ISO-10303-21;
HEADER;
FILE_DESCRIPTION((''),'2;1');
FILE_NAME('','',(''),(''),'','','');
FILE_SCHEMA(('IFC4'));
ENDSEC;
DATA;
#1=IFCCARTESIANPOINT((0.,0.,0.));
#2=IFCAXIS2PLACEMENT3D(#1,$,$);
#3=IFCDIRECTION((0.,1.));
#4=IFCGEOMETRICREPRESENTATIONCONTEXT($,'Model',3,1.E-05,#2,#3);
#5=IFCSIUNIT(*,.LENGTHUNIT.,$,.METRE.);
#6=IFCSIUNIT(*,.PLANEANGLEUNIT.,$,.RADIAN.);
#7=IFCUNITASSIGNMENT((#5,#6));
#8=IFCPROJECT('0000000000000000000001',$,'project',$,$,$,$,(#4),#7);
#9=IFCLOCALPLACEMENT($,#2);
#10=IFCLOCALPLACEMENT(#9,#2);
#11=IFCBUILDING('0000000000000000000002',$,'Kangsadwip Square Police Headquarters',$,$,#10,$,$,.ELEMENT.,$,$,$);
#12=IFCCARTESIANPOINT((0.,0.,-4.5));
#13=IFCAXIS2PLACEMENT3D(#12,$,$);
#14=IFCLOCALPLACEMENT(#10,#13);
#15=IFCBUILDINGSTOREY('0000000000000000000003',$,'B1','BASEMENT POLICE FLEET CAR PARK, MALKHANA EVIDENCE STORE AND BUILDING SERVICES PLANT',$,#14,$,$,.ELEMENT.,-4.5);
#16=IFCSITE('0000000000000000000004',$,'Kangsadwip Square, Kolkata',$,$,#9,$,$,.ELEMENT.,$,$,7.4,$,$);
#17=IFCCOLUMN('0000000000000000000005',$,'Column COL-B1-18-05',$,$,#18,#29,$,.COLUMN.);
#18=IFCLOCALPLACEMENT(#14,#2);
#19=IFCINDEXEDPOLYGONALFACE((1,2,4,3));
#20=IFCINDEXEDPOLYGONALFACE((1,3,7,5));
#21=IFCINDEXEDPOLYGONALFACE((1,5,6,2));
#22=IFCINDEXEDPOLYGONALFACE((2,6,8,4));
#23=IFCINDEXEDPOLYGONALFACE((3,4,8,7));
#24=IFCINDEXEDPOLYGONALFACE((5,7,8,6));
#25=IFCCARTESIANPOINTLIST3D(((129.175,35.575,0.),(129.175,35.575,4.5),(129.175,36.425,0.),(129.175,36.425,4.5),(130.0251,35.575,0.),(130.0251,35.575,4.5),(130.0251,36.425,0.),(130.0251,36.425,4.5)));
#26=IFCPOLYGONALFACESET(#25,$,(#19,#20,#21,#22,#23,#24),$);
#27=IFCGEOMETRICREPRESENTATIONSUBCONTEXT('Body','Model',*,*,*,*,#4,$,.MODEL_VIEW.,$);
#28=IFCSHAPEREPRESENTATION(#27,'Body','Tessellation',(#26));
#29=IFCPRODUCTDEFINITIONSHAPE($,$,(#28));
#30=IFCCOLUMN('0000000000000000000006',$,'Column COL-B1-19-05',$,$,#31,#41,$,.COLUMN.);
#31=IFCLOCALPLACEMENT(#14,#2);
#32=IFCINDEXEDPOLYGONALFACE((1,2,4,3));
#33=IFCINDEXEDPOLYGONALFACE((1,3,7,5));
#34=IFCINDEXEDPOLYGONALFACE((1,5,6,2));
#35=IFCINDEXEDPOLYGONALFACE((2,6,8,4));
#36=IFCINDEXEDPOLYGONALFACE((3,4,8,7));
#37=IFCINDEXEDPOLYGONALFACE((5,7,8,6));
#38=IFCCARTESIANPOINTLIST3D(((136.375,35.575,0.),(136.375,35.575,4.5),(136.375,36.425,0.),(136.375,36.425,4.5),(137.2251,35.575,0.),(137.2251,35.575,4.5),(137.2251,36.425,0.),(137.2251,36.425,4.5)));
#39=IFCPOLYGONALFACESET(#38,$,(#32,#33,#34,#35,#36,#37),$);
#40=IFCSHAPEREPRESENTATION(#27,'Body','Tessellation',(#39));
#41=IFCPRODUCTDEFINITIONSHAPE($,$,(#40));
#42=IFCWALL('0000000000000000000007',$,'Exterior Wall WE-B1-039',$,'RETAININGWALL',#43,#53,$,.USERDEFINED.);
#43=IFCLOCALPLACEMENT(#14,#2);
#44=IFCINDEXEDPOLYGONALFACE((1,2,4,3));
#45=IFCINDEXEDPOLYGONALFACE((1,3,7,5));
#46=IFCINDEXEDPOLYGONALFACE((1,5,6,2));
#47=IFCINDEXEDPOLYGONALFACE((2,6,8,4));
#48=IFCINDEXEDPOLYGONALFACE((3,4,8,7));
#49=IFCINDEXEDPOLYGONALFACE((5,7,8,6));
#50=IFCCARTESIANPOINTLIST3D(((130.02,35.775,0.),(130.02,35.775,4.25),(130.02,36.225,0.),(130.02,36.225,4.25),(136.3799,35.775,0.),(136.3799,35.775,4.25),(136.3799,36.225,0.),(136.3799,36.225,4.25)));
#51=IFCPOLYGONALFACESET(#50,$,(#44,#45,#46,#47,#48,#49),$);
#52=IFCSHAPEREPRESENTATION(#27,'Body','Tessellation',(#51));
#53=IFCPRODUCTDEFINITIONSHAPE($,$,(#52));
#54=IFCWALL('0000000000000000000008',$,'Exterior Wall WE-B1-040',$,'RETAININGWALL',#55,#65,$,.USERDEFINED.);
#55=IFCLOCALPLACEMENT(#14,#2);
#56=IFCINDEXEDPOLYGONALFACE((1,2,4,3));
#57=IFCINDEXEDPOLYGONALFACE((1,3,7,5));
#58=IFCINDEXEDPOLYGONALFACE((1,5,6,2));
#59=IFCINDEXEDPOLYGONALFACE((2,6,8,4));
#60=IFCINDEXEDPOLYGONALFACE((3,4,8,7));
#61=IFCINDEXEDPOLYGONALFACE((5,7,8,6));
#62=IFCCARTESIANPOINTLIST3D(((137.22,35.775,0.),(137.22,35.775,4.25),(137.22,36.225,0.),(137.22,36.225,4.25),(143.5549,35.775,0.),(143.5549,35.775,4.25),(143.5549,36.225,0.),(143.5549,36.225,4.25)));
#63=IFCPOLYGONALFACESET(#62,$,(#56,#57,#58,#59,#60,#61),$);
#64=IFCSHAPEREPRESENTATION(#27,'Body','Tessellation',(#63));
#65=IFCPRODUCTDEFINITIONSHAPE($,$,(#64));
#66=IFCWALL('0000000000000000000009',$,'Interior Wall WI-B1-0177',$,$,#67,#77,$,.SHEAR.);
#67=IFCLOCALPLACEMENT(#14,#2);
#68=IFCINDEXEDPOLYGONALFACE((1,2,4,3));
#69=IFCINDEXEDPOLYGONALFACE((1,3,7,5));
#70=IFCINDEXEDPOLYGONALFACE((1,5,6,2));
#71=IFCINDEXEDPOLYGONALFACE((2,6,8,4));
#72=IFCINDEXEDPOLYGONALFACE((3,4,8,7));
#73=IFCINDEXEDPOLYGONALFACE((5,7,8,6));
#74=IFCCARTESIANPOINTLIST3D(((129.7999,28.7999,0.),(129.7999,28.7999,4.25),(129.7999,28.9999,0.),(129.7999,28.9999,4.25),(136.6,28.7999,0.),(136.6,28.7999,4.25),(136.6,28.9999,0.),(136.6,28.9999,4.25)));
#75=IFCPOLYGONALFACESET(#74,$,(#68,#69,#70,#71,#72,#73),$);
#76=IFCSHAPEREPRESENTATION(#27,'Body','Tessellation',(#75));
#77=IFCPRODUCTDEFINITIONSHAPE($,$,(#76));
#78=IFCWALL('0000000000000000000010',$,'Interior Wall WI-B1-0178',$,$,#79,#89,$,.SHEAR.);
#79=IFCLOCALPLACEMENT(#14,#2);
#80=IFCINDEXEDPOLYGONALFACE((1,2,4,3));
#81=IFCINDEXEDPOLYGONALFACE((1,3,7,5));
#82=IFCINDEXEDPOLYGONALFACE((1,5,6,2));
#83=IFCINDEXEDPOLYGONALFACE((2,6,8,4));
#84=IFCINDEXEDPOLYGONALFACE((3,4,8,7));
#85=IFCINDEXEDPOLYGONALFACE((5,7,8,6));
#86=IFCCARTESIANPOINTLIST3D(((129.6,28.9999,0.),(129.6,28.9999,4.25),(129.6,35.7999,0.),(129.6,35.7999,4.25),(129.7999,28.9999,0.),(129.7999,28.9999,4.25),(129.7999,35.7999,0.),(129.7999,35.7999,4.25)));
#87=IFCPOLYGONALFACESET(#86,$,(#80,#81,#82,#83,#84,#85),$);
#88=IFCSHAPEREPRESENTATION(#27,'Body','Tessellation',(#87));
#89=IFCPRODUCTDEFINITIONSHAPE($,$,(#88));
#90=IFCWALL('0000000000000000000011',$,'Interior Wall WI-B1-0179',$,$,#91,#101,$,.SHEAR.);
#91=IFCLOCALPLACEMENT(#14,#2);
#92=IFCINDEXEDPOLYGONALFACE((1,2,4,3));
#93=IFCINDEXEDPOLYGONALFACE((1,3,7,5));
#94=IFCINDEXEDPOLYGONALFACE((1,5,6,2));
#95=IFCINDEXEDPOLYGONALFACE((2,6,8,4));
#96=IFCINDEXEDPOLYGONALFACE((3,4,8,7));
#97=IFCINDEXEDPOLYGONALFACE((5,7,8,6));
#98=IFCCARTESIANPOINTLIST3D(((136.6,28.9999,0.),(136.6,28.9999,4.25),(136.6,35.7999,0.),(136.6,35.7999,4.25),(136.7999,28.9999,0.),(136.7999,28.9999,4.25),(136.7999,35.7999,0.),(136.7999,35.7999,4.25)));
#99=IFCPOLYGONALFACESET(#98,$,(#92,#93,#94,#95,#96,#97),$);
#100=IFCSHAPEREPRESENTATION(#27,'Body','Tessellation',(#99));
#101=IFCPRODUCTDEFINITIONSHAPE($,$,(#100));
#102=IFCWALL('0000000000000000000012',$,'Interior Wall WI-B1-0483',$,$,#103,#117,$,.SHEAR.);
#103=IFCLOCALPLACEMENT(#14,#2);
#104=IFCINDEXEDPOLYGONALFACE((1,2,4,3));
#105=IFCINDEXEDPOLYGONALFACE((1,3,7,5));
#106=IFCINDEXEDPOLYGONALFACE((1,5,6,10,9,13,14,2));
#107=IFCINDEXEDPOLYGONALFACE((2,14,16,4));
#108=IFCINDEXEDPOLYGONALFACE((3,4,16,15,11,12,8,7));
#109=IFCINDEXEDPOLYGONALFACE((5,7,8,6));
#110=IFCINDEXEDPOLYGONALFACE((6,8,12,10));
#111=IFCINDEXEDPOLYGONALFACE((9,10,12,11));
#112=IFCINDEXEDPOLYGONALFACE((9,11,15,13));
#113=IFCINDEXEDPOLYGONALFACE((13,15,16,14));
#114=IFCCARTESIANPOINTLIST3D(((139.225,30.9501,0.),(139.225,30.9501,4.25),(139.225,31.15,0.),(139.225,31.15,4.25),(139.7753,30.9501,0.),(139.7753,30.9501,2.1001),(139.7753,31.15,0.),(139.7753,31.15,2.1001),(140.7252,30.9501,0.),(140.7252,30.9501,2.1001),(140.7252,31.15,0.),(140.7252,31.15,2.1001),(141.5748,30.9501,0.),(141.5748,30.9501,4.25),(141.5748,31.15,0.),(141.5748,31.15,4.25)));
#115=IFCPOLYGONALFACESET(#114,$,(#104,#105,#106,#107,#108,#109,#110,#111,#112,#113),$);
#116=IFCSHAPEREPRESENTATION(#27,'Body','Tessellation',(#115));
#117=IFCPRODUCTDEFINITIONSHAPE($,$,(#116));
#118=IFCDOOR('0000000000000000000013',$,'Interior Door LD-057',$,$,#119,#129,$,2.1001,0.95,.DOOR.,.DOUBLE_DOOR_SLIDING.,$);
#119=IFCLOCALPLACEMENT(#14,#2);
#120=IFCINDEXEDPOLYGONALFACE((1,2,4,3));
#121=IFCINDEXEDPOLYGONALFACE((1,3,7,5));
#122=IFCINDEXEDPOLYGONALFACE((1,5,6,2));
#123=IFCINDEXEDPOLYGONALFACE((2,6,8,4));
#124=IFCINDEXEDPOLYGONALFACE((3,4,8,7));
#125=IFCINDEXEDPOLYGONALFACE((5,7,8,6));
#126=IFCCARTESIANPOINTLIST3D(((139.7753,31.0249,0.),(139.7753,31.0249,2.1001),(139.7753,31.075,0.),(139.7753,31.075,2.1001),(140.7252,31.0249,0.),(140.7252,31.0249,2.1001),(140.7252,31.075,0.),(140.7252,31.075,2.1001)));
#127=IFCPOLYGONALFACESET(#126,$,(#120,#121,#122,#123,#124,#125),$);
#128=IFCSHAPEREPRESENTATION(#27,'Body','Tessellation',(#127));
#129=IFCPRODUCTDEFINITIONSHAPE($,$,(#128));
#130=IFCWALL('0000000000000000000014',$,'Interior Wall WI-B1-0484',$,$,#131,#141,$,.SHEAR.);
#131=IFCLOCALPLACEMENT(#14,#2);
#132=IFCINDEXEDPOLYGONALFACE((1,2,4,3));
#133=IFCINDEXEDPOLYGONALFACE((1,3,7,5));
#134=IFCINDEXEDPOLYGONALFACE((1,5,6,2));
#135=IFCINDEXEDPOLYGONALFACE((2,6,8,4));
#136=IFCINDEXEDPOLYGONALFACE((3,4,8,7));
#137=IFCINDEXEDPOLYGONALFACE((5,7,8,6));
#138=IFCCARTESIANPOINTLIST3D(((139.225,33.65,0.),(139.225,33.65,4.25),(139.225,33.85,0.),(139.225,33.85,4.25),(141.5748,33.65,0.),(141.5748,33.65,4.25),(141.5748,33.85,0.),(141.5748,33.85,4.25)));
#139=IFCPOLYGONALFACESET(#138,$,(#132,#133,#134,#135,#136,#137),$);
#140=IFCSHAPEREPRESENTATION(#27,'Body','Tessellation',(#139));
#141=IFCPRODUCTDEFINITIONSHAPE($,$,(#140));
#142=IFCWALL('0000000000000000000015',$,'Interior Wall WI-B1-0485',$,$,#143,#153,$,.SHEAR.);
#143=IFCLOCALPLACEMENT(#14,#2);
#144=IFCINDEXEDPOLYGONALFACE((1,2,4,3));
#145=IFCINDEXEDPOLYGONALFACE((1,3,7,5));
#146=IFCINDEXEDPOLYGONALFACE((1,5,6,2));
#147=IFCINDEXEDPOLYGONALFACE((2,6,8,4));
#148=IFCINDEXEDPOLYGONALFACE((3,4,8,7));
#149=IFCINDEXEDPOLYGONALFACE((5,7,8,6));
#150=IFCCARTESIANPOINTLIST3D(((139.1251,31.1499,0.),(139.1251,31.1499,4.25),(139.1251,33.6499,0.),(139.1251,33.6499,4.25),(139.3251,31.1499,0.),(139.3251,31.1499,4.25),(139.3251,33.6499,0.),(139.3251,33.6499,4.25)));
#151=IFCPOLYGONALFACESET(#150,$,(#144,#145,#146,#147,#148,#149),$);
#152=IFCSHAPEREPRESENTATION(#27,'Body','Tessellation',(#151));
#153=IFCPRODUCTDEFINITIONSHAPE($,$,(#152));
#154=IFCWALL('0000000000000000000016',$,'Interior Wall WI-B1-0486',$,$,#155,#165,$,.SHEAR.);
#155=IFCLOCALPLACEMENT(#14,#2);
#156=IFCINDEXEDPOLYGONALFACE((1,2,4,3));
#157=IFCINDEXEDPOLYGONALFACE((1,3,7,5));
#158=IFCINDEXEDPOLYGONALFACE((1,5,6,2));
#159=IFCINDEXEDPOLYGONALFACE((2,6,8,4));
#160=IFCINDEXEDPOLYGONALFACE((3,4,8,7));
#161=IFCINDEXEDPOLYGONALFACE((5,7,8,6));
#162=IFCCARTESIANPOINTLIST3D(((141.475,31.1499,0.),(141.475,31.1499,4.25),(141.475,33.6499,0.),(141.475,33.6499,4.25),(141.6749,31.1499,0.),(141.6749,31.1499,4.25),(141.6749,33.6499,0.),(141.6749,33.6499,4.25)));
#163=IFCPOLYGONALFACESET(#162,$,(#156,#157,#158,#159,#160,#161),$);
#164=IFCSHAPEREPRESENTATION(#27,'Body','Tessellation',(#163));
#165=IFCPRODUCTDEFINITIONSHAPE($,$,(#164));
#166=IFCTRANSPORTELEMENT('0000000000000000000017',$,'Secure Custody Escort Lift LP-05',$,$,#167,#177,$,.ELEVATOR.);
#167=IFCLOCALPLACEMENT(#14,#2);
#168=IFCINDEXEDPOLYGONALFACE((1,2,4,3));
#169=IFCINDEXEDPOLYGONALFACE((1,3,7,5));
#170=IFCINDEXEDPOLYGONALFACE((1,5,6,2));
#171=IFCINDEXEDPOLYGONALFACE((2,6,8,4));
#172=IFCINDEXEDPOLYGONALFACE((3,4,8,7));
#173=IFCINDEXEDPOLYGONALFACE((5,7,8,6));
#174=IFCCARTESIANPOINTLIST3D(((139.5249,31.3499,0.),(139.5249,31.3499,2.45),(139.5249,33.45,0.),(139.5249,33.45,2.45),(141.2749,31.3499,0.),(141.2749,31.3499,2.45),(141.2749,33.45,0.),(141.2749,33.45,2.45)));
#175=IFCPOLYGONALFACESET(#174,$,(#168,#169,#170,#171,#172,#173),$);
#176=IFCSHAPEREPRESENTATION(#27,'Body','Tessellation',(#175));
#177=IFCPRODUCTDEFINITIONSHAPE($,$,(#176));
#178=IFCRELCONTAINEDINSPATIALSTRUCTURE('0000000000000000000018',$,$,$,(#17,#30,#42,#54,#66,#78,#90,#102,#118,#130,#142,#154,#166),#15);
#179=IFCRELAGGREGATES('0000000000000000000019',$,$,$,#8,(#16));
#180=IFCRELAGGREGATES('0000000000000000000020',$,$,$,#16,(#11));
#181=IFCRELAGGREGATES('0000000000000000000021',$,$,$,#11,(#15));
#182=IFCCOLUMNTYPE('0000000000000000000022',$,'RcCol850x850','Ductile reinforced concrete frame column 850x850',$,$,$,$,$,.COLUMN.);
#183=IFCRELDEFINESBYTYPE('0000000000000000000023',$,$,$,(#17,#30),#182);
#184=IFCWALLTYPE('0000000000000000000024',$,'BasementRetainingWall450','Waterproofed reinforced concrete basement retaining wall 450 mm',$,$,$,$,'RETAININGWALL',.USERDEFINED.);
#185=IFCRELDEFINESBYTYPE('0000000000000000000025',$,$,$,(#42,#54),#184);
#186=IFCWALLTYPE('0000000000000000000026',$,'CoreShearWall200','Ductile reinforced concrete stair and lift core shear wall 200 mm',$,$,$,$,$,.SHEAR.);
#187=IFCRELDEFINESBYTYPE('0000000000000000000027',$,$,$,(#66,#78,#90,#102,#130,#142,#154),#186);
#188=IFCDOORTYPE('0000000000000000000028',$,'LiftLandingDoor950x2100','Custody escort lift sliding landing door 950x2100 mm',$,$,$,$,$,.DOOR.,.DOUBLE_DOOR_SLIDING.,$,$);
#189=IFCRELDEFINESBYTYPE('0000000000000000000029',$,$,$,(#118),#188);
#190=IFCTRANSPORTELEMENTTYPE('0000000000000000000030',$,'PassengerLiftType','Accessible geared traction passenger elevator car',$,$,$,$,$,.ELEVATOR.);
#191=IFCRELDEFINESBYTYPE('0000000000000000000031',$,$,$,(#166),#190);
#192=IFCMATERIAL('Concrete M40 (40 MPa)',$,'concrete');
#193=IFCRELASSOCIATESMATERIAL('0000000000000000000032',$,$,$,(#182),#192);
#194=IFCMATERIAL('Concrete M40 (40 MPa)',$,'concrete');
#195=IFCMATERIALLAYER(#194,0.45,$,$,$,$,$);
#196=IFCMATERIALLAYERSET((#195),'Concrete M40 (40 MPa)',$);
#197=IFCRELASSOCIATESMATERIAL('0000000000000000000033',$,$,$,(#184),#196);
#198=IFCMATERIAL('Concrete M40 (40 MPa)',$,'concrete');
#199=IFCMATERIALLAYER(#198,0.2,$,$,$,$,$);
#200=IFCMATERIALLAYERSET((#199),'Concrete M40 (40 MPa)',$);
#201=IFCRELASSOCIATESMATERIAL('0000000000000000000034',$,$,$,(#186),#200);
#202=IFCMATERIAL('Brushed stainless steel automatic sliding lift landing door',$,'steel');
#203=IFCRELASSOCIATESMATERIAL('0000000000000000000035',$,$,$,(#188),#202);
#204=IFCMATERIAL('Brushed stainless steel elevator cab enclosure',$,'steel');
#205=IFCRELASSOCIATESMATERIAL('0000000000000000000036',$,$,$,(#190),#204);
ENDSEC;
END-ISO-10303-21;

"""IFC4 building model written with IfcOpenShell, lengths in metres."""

from ifc_helpers import new_model, si_unit, direction, frame, frame_2d, origin, origin_2d, place, context, subcontext, project, spatial, rectangle, extrude, material, layer, layer_set, material_profile, profile_set, type_object, element, fill, save


model = new_model("IFC4")

# Units and contexts
model_context = context("Model", 3, precision=1e-05, world=origin(), true_north=direction((0.0, 1.0)))
body_context = subcontext(model_context, "Body", "Model", "MODEL_VIEW")
ifc_project = project(units=[si_unit("LENGTHUNIT", "METRE"), si_unit("PLANEANGLEUNIT", "RADIAN")], contexts=[model_context])

# Site, building, storey
site_placement = place(None, origin())
site = spatial("IfcSite", under=ifc_project, at=site_placement, Name="Kangsadwip Square, Kolkata", CompositionType="ELEMENT", RefElevation=7.4)
building_placement = place(site_placement, origin())
building = spatial("IfcBuilding", under=site, at=building_placement, Name="Kangsadwip Square Police Headquarters", CompositionType="ELEMENT")
storey_placement = place(building_placement, frame((0.0, 0.0, -4.5)))
storey = spatial("IfcBuildingStorey", under=building, at=storey_placement, Name="B1", Description="BASEMENT POLICE FLEET CAR PARK, MALKHANA EVIDENCE STORE AND BUILDING SERVICES PLANT", CompositionType="ELEMENT", Elevation=-4.5)

# Columns
ifc_material_1 = material(Name="Concrete M40 (40 MPa)", Category="concrete")
ifc_material_profile_1 = material_profile(ifc_material_1, rectangle(XDim=0.8501, YDim=0.8501, at=origin_2d()), Name="RC COL 850X850")
ifc_profile_set_1 = profile_set([ifc_material_profile_1], Name="Concrete M40 (40 MPa)")
column_type = type_object("IfcColumnType", Name="RcCol850x850", Description="Ductile reinforced concrete frame column 850x850", PredefinedType="COLUMN", material=ifc_profile_set_1)
for number, where, z_axis, x_axis, name in (
    (1, (129.6001, 36.0, 0.0), (0.0, 0.0, 1.0), (1.0, 0.0, 0.0), "Column COL-B1-18-05"),
    (2, (136.8, 36.0, 0.0), (0.0, 0.0, 1.0), (1.0, 0.0, 0.0), "Column COL-B1-19-05"),
):
    element("IfcColumn", number, at=place(storey_placement, frame(where, z_axis=z_axis, x_axis=x_axis)), inside=storey, type_object=column_type, Name=name, PredefinedType="COLUMN", context=body_context, shape_type="SweptSolid", body=[
        extrude(rectangle(XDim=0.8501, YDim=0.8501, at=origin_2d()), origin(), (0.0, 0.0, 1.0), 4.5),
    ])

# Walls
ifc_material_2 = material(Name="Concrete M40 (40 MPa)", Category="concrete")
ifc_layer_1 = layer(ifc_material_2, 0.45)
ifc_layer_set_1 = layer_set([ifc_layer_1], Name="Concrete M40 (40 MPa)")
wall_type_1 = type_object("IfcWallType", Name="BasementRetainingWall450", Description="Waterproofed reinforced concrete basement retaining wall 450 mm", ElementType="RETAININGWALL", PredefinedType="USERDEFINED", material=ifc_layer_set_1)
wall_1_placement = place(storey_placement, frame((130.02, 36.0, 0.0), z_axis=(0.0, 0.0, 1.0), x_axis=(1.0, 0.0, 0.0)))
element("IfcWall", 3, at=wall_1_placement, inside=storey, type_object=wall_type_1, Name="Exterior Wall WE-B1-039", ObjectType="RETAININGWALL", PredefinedType="USERDEFINED", context=body_context, shape_type="SweptSolid", body=[
    extrude(rectangle(XDim=6.3599, YDim=0.45, at=frame_2d((3.1799, 0.0))), origin(), (0.0, 0.0, 1.0), 4.25),
])
wall_2_placement = place(storey_placement, frame((137.22, 36.0, 0.0), z_axis=(0.0, 0.0, 1.0), x_axis=(1.0, 0.0, 0.0)))
element("IfcWall", 4, at=wall_2_placement, inside=storey, type_object=wall_type_1, Name="Exterior Wall WE-B1-040", ObjectType="RETAININGWALL", PredefinedType="USERDEFINED", context=body_context, shape_type="SweptSolid", body=[
    extrude(rectangle(XDim=6.335, YDim=0.45, at=frame_2d((3.1675, 0.0))), origin(), (0.0, 0.0, 1.0), 4.25),
])
ifc_material_3 = material(Name="Concrete M40 (40 MPa)", Category="concrete")
ifc_layer_2 = layer(ifc_material_3, 0.2)
ifc_layer_set_2 = layer_set([ifc_layer_2], Name="Concrete M40 (40 MPa)")
wall_type_2 = type_object("IfcWallType", Name="CoreShearWall200", Description="Ductile reinforced concrete stair and lift core shear wall 200 mm", PredefinedType="SHEAR", material=ifc_layer_set_2)
for number, where, z_axis, x_axis, name in (
    (5, (129.8, 28.8999, 0.0), (0.0, 0.0, 1.0), (1.0, 0.0, 0.0), "Interior Wall WI-B1-0177"),
    (6, (129.7, 29.0, 0.0), (0.0, 0.0, 1.0), (0.0, 1.0, 0.0), "Interior Wall WI-B1-0178"),
    (7, (136.7, 29.0, 0.0), (0.0, 0.0, 1.0), (0.0, 1.0, 0.0), "Interior Wall WI-B1-0179"),
):
    element("IfcWall", number, at=place(storey_placement, frame(where, z_axis=z_axis, x_axis=x_axis)), inside=storey, type_object=wall_type_2, Name=name, PredefinedType="SHEAR", context=body_context, shape_type="SweptSolid", body=[
        extrude(rectangle(XDim=6.8, YDim=0.2, at=frame_2d((3.3999, 0.0))), origin(), (0.0, 0.0, 1.0), 4.25),
    ])

# Wall, opening, door
wall_3_placement = place(storey_placement, frame((139.2251, 31.05, 0.0), z_axis=(0.0, 0.0, 1.0), x_axis=(1.0, 0.0, 0.0)))
wall_3 = element("IfcWall", 8, at=wall_3_placement, inside=storey, type_object=wall_type_2, Name="Interior Wall WI-B1-0483", PredefinedType="SHEAR", context=body_context, shape_type="SweptSolid", body=[
    extrude(rectangle(XDim=2.3499, YDim=0.2, at=frame_2d((1.1748, 0.0))), origin(), (0.0, 0.0, 1.0), 4.25),
])
opening_placement = place(wall_3_placement, frame((0.55, 0.0, 0.0)))
opening = element("IfcOpeningElement", 9, at=opening_placement, cuts=wall_3, PredefinedType="OPENING", context=body_context, shape_type="SweptSolid", body=[
    extrude(rectangle(XDim=0.95, YDim=2.1001, at=frame_2d((0.4751, 1.05))), frame((0.0, 0.1099, 0.0), z_axis=(0.0, -1.0, 0.0), x_axis=(1.0, 0.0, 0.0)), (0.0, 0.0, 1.0), 0.22),
])
ifc_material_4 = material(Name="Brushed stainless steel automatic sliding lift landing door", Category="steel")
door_type = type_object("IfcDoorType", Name="LiftLandingDoor950x2100", Description="Custody escort lift sliding landing door 950x2100 mm", OperationType="DOUBLE_DOOR_SLIDING", PredefinedType="DOOR", material=ifc_material_4)
door_placement = place(opening_placement, origin())
door = element("IfcDoor", 10, at=door_placement, inside=storey, type_object=door_type, Name="Interior Door LD-057", OperationType="DOUBLE_DOOR_SLIDING", OverallHeight=2.1001, OverallWidth=0.95, PredefinedType="DOOR", context=body_context, shape_type="SweptSolid", body=[
    extrude(rectangle(XDim=0.95, YDim=2.1001, at=frame_2d((0.4751, 1.05))), frame((0.0, 0.0249, 0.0), z_axis=(0.0, -1.0, 0.0), x_axis=(1.0, 0.0, 0.0)), (0.0, 0.0, 1.0), 0.05),
])
fill(opening, door)

# Walls
wall_4_placement = place(storey_placement, frame((139.2251, 33.75, 0.0), z_axis=(0.0, 0.0, 1.0), x_axis=(1.0, 0.0, 0.0)))
element("IfcWall", 11, at=wall_4_placement, inside=storey, type_object=wall_type_2, Name="Interior Wall WI-B1-0484", PredefinedType="SHEAR", context=body_context, shape_type="SweptSolid", body=[
    extrude(rectangle(XDim=2.3499, YDim=0.2, at=frame_2d((1.1748, 0.0))), origin(), (0.0, 0.0, 1.0), 4.25),
])
for number, where, z_axis, x_axis, name in (
    (12, (139.2251, 31.1499, 0.0), (0.0, 0.0, 1.0), (0.0, 1.0, 0.0), "Interior Wall WI-B1-0485"),
    (13, (141.575, 31.1499, 0.0), (0.0, 0.0, 1.0), (0.0, 1.0, 0.0), "Interior Wall WI-B1-0486"),
):
    element("IfcWall", number, at=place(storey_placement, frame(where, z_axis=z_axis, x_axis=x_axis)), inside=storey, type_object=wall_type_2, Name=name, PredefinedType="SHEAR", context=body_context, shape_type="SweptSolid", body=[
        extrude(rectangle(XDim=2.5, YDim=0.2, at=frame_2d((1.25, 0.0))), origin(), (0.0, 0.0, 1.0), 4.25),
    ])

# Transport element
ifc_material_5 = material(Name="Brushed stainless steel elevator cab enclosure", Category="steel")
transport_element_type = type_object("IfcTransportElementType", Name="PassengerLiftType", Description="Accessible geared traction passenger elevator car", PredefinedType="ELEVATOR", material=ifc_material_5)
transport_element_placement = place(storey_placement, frame((140.3999, 32.3999, 0.0), z_axis=(0.0, 0.0, 1.0), x_axis=(1.0, 0.0, 0.0)))
element("IfcTransportElement", 14, at=transport_element_placement, inside=storey, type_object=transport_element_type, Name="Secure Custody Escort Lift LP-05", PredefinedType="ELEVATOR", context=body_context, shape_type="SweptSolid", body=[
    extrude(rectangle(XDim=1.75, YDim=2.1001, at=origin_2d()), origin(), (0.0, 0.0, 1.0), 2.45),
])

save(model, "model.ifc")
